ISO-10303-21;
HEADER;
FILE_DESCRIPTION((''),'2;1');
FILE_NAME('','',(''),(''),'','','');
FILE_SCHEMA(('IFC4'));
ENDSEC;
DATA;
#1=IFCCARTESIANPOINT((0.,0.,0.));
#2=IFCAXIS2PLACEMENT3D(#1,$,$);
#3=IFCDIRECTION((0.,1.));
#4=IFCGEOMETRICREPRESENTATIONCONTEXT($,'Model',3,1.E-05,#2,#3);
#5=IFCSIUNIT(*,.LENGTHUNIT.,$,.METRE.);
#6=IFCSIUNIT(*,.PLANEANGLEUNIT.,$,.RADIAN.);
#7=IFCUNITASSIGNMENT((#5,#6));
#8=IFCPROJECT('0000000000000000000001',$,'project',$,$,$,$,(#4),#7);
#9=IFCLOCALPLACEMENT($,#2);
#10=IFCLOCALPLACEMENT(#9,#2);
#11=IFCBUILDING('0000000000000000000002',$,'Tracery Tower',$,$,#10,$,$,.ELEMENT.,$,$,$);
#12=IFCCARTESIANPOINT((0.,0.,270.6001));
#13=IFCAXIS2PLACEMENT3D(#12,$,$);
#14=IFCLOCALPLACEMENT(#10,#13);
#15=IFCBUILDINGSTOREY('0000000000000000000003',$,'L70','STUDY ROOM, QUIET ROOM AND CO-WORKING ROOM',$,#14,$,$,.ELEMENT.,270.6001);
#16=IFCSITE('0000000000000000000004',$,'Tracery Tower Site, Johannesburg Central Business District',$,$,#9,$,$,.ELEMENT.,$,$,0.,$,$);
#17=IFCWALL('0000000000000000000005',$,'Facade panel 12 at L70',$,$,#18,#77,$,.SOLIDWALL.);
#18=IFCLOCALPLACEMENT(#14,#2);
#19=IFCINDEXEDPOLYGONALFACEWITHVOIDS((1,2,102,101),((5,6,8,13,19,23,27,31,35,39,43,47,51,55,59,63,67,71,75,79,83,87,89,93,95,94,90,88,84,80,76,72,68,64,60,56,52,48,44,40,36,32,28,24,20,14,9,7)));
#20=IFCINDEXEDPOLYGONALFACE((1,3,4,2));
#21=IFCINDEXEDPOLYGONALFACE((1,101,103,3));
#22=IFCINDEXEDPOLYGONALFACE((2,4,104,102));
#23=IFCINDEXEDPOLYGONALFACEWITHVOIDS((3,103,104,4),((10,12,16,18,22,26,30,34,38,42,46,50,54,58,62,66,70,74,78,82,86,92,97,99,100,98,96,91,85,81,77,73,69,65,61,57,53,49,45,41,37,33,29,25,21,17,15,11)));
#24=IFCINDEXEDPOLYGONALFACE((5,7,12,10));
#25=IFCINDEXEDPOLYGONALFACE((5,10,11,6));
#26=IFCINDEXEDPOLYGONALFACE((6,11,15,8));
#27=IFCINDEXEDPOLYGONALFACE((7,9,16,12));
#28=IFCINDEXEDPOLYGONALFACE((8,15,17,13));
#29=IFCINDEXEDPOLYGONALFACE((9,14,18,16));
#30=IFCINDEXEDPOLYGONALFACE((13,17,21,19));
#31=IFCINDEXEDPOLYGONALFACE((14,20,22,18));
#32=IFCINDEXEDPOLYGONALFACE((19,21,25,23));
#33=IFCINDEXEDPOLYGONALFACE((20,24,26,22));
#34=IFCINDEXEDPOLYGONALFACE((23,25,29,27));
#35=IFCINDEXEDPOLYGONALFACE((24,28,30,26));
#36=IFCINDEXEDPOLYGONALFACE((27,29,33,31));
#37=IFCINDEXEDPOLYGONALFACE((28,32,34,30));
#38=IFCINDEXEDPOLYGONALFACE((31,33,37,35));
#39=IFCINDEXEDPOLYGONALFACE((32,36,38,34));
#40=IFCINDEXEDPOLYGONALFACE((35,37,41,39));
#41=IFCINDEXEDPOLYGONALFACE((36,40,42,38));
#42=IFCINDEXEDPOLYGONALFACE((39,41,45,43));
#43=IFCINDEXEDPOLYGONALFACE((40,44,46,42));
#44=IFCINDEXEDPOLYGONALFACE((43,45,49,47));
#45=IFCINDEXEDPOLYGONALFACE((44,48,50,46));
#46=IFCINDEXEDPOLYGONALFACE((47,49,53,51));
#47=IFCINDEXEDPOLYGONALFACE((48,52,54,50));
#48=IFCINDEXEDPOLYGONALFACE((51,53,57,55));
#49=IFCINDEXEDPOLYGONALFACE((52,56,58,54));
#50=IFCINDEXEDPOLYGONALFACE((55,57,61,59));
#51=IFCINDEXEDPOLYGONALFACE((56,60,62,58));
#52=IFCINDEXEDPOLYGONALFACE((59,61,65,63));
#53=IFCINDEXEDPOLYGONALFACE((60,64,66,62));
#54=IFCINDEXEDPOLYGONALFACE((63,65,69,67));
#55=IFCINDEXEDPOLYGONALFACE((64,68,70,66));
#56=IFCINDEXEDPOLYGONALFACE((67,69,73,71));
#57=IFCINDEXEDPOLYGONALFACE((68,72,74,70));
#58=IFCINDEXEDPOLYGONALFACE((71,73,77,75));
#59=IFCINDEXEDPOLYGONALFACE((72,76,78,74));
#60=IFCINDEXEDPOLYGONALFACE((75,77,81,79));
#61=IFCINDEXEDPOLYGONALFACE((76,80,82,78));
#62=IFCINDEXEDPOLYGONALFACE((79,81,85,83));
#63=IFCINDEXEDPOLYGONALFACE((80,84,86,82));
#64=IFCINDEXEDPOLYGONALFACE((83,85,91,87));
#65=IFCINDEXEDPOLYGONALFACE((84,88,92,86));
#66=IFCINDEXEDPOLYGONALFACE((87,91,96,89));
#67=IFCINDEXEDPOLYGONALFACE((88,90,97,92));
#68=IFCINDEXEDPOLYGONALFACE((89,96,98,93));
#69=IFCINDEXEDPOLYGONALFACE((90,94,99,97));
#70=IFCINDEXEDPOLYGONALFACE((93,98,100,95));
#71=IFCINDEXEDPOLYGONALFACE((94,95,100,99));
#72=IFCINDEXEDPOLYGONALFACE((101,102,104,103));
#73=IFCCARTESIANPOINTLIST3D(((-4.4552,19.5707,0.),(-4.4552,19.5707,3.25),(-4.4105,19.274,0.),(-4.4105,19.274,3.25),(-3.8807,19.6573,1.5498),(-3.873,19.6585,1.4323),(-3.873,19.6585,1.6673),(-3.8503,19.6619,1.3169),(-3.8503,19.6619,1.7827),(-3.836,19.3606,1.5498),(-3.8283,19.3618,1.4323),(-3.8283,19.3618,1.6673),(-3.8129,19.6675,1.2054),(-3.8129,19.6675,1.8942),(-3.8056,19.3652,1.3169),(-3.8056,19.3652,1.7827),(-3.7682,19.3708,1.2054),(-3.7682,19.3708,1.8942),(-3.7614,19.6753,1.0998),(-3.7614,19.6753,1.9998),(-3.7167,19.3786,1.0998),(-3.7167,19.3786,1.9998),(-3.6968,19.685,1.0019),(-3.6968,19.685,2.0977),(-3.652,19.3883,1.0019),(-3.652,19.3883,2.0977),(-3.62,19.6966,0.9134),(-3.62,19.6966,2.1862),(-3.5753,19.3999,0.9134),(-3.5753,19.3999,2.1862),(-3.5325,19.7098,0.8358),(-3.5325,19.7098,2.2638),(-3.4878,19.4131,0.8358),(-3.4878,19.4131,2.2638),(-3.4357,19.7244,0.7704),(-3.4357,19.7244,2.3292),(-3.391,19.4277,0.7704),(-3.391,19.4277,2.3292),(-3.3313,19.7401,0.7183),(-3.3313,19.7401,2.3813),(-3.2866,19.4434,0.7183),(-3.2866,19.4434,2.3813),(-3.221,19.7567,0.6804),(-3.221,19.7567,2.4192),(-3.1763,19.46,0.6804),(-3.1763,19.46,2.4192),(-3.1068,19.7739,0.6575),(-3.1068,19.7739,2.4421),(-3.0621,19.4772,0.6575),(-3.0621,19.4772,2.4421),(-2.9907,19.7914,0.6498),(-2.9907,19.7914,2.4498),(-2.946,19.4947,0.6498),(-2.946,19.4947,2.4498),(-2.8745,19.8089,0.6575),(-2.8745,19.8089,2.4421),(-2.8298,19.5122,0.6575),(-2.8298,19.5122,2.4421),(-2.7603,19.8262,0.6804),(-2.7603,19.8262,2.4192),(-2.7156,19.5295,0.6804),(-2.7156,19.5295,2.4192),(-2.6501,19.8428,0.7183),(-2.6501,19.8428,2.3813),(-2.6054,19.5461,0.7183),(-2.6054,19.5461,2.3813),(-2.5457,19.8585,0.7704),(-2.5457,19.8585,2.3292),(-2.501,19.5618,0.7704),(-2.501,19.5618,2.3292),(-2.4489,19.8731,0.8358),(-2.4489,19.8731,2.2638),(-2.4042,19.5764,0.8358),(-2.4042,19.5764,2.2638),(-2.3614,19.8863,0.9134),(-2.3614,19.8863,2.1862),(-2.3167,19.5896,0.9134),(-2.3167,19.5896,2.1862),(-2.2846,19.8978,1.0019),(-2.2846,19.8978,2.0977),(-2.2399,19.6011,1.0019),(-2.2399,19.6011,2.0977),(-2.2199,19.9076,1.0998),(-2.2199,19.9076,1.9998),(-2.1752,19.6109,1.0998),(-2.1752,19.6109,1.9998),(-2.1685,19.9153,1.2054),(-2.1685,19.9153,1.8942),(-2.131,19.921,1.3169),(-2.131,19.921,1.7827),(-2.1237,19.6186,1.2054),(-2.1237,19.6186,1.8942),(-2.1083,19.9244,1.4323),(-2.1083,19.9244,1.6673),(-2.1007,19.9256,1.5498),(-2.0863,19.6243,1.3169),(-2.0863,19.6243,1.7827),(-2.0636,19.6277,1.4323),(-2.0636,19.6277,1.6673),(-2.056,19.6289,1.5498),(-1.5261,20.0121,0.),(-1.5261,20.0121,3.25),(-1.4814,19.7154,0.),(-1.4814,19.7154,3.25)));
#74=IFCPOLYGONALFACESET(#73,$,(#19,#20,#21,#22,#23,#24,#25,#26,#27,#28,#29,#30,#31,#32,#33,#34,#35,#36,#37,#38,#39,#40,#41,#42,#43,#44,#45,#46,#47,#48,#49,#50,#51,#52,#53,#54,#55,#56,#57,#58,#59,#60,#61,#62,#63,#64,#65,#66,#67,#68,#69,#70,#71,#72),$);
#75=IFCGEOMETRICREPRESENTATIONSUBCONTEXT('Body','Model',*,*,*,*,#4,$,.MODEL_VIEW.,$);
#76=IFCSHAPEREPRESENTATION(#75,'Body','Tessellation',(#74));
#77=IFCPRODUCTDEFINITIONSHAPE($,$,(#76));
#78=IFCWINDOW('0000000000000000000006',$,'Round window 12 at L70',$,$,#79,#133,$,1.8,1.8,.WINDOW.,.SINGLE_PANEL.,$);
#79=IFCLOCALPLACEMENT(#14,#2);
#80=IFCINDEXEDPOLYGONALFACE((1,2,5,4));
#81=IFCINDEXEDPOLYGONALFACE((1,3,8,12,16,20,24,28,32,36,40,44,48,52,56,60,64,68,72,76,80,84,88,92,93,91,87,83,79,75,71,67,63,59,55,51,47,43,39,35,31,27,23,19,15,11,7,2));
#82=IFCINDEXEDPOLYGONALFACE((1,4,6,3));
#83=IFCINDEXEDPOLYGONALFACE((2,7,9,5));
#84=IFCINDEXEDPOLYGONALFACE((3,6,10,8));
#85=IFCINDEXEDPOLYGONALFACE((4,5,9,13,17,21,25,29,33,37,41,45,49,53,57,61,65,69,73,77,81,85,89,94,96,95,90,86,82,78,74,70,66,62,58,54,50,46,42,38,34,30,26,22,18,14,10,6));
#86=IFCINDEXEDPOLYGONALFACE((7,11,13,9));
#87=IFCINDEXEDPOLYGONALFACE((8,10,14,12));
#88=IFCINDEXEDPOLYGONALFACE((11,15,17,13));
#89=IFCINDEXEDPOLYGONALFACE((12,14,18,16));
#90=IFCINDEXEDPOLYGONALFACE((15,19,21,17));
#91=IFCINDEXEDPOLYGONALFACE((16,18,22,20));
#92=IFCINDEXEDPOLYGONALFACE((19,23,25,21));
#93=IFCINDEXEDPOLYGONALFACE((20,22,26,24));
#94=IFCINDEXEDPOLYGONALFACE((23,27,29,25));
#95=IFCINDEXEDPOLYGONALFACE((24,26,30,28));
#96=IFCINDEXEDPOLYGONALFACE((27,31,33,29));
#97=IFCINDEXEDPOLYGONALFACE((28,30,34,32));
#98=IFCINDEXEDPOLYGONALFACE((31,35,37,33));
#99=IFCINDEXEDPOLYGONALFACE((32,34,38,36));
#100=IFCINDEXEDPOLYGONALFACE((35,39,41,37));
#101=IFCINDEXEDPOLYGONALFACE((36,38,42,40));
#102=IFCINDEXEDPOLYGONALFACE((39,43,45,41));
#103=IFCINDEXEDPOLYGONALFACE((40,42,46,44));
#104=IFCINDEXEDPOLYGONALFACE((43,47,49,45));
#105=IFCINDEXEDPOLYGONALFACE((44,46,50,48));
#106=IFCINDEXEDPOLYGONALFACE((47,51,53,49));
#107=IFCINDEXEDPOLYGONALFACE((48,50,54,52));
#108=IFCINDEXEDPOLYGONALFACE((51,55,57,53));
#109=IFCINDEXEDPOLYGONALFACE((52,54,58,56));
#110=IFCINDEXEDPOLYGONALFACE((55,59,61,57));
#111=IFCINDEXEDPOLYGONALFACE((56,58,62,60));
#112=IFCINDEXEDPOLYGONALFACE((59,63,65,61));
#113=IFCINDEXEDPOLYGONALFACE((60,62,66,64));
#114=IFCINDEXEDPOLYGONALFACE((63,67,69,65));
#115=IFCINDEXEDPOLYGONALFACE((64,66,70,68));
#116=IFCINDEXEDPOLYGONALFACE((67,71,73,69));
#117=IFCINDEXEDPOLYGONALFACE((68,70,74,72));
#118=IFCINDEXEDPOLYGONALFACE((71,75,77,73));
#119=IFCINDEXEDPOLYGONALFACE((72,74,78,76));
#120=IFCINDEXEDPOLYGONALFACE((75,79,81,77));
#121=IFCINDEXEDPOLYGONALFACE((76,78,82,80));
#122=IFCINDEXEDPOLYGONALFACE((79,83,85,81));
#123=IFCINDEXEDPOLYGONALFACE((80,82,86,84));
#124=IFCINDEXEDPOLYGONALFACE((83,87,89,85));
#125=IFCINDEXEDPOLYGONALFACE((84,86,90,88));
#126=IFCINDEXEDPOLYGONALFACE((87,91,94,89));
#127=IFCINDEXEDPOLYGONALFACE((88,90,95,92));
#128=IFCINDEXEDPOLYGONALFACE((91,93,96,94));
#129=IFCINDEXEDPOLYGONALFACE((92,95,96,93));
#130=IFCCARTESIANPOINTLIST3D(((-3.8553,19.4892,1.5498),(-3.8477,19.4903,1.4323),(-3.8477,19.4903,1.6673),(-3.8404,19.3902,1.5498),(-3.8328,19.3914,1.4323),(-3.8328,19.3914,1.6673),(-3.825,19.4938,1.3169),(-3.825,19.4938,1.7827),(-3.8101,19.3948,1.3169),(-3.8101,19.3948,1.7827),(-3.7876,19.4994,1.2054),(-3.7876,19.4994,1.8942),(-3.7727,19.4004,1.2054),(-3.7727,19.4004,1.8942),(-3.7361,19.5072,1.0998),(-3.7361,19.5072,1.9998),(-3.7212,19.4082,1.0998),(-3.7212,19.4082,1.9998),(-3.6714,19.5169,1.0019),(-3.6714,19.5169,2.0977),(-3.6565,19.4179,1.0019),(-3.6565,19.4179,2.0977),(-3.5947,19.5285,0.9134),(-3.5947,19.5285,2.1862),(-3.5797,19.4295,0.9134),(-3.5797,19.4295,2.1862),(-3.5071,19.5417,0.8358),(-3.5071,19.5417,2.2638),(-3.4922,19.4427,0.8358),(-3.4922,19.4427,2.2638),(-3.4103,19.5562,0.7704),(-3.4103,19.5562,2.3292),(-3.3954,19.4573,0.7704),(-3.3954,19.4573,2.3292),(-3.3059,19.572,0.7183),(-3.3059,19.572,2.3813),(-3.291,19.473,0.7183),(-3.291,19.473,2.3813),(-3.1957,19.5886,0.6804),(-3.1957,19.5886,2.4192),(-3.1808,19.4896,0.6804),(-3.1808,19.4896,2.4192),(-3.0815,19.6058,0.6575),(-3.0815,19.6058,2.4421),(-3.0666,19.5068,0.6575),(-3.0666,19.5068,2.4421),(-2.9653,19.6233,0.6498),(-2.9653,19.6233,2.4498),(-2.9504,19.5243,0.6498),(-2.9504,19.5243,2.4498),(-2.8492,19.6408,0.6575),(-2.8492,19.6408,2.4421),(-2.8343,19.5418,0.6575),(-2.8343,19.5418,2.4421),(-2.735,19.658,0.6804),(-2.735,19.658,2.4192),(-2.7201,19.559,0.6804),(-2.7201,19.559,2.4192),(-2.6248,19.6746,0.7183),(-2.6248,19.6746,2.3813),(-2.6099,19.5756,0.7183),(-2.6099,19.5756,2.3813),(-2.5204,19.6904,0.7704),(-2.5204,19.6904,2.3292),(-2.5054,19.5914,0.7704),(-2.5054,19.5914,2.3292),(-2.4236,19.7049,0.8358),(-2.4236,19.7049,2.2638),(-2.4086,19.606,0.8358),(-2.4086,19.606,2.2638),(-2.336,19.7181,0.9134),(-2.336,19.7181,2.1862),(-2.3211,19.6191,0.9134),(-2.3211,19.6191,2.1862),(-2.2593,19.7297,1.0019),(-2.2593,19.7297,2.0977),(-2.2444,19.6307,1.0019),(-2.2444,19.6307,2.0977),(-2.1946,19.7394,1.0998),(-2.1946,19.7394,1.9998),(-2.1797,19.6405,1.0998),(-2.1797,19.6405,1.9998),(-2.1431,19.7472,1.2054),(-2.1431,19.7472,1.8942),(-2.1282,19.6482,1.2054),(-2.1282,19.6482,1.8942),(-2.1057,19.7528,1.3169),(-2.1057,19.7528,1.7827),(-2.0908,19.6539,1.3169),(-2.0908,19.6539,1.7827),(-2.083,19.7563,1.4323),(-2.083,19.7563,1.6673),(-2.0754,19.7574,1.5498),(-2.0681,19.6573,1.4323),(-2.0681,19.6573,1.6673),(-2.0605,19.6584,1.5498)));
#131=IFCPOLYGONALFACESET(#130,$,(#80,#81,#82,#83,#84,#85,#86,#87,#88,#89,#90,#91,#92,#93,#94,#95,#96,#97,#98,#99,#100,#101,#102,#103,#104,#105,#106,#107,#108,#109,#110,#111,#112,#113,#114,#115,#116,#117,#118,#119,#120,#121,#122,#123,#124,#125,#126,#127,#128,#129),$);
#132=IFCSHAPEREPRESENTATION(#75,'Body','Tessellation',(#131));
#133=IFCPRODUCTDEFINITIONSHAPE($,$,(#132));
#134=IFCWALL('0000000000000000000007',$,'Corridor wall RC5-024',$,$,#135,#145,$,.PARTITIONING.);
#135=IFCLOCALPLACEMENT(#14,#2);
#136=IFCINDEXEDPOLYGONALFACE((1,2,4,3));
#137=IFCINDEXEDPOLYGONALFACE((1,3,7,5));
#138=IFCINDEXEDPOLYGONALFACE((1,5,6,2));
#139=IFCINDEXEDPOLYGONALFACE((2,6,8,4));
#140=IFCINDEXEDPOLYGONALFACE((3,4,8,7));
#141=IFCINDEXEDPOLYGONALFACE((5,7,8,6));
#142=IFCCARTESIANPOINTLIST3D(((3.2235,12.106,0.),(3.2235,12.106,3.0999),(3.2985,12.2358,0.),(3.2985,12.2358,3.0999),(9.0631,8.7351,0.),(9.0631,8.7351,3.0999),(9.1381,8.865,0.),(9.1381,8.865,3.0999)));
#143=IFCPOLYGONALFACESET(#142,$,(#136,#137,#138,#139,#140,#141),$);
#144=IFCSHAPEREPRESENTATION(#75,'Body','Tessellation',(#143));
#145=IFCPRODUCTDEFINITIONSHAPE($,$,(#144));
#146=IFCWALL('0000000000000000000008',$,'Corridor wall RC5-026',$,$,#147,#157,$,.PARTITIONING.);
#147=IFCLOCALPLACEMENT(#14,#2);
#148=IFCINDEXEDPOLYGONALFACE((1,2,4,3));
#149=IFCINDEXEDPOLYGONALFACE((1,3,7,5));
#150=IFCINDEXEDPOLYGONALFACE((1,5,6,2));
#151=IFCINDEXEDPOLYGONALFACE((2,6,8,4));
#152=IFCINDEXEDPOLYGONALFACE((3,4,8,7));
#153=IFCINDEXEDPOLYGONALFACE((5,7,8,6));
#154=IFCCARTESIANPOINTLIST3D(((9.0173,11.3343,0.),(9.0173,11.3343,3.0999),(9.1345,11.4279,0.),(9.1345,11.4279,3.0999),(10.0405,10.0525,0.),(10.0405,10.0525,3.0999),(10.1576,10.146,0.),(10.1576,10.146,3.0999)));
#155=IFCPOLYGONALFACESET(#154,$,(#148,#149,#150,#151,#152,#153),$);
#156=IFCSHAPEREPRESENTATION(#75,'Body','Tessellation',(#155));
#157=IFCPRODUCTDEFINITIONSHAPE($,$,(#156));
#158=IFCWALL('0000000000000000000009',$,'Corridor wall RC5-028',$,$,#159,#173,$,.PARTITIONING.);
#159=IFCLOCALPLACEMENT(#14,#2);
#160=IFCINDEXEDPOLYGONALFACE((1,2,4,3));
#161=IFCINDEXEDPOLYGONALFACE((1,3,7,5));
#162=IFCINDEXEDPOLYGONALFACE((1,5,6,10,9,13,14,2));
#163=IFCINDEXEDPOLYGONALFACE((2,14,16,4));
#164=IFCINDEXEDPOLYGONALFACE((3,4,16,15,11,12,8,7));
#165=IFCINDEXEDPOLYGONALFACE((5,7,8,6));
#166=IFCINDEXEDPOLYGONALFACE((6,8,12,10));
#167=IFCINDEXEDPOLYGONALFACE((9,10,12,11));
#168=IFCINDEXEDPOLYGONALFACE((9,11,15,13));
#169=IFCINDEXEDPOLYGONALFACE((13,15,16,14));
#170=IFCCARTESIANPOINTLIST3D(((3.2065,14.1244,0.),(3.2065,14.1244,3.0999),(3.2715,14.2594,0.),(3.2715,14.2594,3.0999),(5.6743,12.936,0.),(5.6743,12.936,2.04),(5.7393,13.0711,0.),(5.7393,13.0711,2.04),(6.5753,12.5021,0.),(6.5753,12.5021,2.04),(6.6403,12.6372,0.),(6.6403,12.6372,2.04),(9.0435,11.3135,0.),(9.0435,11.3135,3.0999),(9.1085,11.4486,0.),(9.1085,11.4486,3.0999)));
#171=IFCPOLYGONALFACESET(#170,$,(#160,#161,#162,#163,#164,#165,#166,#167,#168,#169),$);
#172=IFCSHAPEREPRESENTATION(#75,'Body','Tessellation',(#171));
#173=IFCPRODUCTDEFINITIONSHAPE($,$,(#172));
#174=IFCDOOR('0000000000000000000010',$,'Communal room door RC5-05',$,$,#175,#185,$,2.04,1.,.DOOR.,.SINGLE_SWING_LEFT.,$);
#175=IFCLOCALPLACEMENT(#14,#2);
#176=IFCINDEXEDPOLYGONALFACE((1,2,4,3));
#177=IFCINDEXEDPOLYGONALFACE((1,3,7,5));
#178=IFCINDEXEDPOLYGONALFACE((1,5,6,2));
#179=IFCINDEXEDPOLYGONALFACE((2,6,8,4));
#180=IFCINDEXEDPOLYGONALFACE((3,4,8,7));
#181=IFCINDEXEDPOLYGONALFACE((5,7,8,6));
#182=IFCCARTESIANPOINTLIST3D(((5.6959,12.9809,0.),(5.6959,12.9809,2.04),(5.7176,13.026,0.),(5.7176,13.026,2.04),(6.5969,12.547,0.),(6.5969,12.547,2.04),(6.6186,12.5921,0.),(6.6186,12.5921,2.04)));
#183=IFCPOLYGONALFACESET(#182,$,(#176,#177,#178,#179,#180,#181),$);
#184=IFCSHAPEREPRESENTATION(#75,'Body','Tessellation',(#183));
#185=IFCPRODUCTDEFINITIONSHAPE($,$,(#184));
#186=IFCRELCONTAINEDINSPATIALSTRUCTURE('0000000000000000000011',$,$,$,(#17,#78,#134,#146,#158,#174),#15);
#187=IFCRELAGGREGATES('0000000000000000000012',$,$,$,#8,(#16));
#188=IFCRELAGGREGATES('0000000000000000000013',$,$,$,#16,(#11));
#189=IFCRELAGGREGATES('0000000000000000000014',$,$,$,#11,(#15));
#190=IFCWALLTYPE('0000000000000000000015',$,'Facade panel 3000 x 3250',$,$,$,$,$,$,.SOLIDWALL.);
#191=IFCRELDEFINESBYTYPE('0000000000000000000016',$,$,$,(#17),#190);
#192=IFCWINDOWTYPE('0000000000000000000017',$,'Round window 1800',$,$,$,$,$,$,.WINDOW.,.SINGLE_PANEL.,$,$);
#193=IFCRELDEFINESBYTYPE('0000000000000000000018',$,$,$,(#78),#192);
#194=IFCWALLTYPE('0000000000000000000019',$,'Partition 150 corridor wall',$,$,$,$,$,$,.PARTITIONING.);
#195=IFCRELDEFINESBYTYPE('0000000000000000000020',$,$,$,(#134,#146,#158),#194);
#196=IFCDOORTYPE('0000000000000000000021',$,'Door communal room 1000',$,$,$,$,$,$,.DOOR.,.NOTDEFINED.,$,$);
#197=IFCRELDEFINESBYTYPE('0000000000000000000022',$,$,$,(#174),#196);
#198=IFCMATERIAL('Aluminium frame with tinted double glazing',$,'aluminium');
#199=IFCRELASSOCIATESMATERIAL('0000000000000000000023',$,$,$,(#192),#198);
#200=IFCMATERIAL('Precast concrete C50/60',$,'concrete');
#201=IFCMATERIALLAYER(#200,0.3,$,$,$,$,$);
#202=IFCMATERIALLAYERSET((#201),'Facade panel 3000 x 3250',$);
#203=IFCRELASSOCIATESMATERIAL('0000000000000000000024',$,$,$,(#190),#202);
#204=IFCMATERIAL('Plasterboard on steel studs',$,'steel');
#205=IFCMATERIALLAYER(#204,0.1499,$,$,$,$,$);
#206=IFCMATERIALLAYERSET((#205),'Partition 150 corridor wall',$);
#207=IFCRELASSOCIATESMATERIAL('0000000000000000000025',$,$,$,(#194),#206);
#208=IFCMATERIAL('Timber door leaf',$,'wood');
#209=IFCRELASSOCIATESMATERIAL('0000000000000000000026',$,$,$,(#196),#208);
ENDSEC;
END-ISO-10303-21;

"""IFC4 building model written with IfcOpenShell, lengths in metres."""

from ifc_helpers import new_model, si_unit, direction, frame, frame_2d, origin, origin_2d, place, context, subcontext, project, spatial, rectangle, circle, extrude, material, layer, layer_set, type_object, element, fill, save


model = new_model("IFC4")

# Units and contexts
model_context = context("Model", 3, precision=1e-05, world=origin(), true_north=direction((0.0, 1.0)))
body_context = subcontext(model_context, "Body", "Model", "MODEL_VIEW")
ifc_project = project(units=[si_unit("LENGTHUNIT", "METRE"), si_unit("PLANEANGLEUNIT", "RADIAN")], contexts=[model_context])

# Site, building, storey
site_placement = place(None, origin())
site = spatial("IfcSite", under=ifc_project, at=site_placement, Name="Tracery Tower Site, Johannesburg Central Business District", CompositionType="ELEMENT", RefElevation=0.0)
building_placement = place(site_placement, origin())
building = spatial("IfcBuilding", under=site, at=building_placement, Name="Tracery Tower", CompositionType="ELEMENT")
storey_placement = place(building_placement, frame((0.0, 0.0, 270.6001)))
storey = spatial("IfcBuildingStorey", under=building, at=storey_placement, Name="L70", Description="STUDY ROOM, QUIET ROOM AND CO-WORKING ROOM", CompositionType="ELEMENT", Elevation=270.6001)

# Wall, opening, window
ifc_material_1 = material(Name="Aluminium frame with tinted double glazing", Category="aluminium")
window_type = type_object("IfcWindowType", Name="Round window 1800", PartitioningType="SINGLE_PANEL", PredefinedType="WINDOW", material=ifc_material_1)
ifc_material_2 = material(Name="Precast concrete C50/60", Category="concrete")
ifc_layer_1 = layer(ifc_material_2, 0.3)
ifc_layer_set_1 = layer_set([ifc_layer_1], Name="Facade panel 3000 x 3250")
wall_type_1 = type_object("IfcWallType", Name="Facade panel 3000 x 3250", PredefinedType="SOLIDWALL", material=ifc_layer_set_1)
wall_1_placement = place(storey_placement, frame((-1.5039, 19.8638, 0.0), z_axis=(0.0, 0.0, 1.0), x_axis=(-0.988836, -0.149009, 0.0)))
wall_1 = element("IfcWall", 1, at=wall_1_placement, inside=storey, type_object=wall_type_1, Name="Facade panel 12 at L70", PredefinedType="SOLIDWALL", context=body_context, shape_type="SweptSolid", body=[
    extrude(rectangle(XDim=2.9622, YDim=0.3, at=frame_2d((1.481, 0.0))), origin(), (0.0, 0.0, 1.0), 3.25),
])
opening_1_placement = place(wall_1_placement, frame((1.481, 0.0, 1.5498)))
opening_1 = element("IfcOpeningElement", 2, at=opening_1_placement, cuts=wall_1, PredefinedType="OPENING", context=body_context, shape_type="SweptSolid", body=[
    extrude(circle(Radius=0.9, at=origin_2d()), frame((0.0, 0.1599, 0.0), z_axis=(0.0, -1.0, 0.0), x_axis=(1.0, 0.0, 0.0)), (0.0, 0.0, 1.0), 0.3201),
])
window_1_placement = place(opening_1_placement, origin())
window_1 = element("IfcWindow", 3, at=window_1_placement, inside=storey, type_object=window_type, Name="Round window 12 at L70", OverallHeight=1.8, OverallWidth=1.8, PartitioningType="SINGLE_PANEL", PredefinedType="WINDOW", context=body_context, shape_type="SweptSolid", body=[
    extrude(circle(Radius=0.9, at=origin_2d()), frame((0.0, 0.1201, 0.0), z_axis=(0.0, -1.0, 0.0), x_axis=(1.0, 0.0, 0.0)), (0.0, 0.0, 1.0), 0.1001),
])
fill(opening_1, window_1)

# Walls
ifc_material_3 = material(Name="Plasterboard on steel studs", Category="steel")
ifc_layer_2 = layer(ifc_material_3, 0.1499)
ifc_layer_set_2 = layer_set([ifc_layer_2], Name="Partition 150 corridor wall")
wall_type_2 = type_object("IfcWallType", Name="Partition 150 corridor wall", PredefinedType="PARTITIONING", material=ifc_layer_set_2)
wall_2_placement = place(storey_placement, frame((3.261, 12.1709, 0.0), z_axis=(0.0, 0.0, 1.0), x_axis=(0.866067, -0.499928, 0.0)))
element("IfcWall", 4, at=wall_2_placement, inside=storey, type_object=wall_type_2, Name="Corridor wall RC5-024", PredefinedType="PARTITIONING", context=body_context, shape_type="SweptSolid", body=[
    extrude(rectangle(XDim=6.7427, YDim=0.1499, at=frame_2d((3.3713, 0.0))), origin(), (0.0, 0.0, 1.0), 3.0999),
])
wall_3_placement = place(storey_placement, frame((9.0759, 11.3811, 0.0), z_axis=(0.0, 0.0, 1.0), x_axis=(0.623805, -0.78158, 0.0)))
element("IfcWall", 5, at=wall_3_placement, inside=storey, type_object=wall_type_2, Name="Corridor wall RC5-026", PredefinedType="PARTITIONING", context=body_context, shape_type="SweptSolid", body=[
    extrude(rectangle(XDim=1.6401, YDim=0.1499, at=frame_2d((0.8201, 0.0))), origin(), (0.0, 0.0, 1.0), 3.0999),
])

# Wall, opening, door
wall_4_placement = place(storey_placement, frame((3.239, 14.1919, 0.0), z_axis=(0.0, 0.0, 1.0), x_axis=(0.900976, -0.433869, 0.0)))
wall_4 = element("IfcWall", 6, at=wall_4_placement, inside=storey, type_object=wall_type_2, Name="Corridor wall RC5-028", PredefinedType="PARTITIONING", context=body_context, shape_type="SweptSolid", body=[
    extrude(rectangle(XDim=6.4785, YDim=0.1499, at=frame_2d((3.2393, 0.0))), origin(), (0.0, 0.0, 1.0), 3.0999),
])
opening_2_placement = place(wall_4_placement, frame((2.739, 0.0, 0.0)))
opening_2 = element("IfcOpeningElement", 7, at=opening_2_placement, cuts=wall_4, PredefinedType="OPENING", context=body_context, shape_type="SweptSolid", body=[
    extrude(rectangle(XDim=1.0, YDim=2.04, at=frame_2d((0.5, 1.02))), frame((0.0, 0.075, 0.0), z_axis=(0.0, -1.0, 0.0), x_axis=(1.0, 0.0, 0.0)), (0.0, 0.0, 1.0), 0.1499),
])
ifc_material_4 = material(Name="Timber door leaf", Category="wood")
door_type = type_object("IfcDoorType", Name="Door communal room 1000", OperationType="NOTDEFINED", PredefinedType="DOOR", material=ifc_material_4)
door_placement = place(opening_2_placement, origin())
door = element("IfcDoor", 8, at=door_placement, inside=storey, type_object=door_type, Name="Communal room door RC5-05", OperationType="SINGLE_SWING_LEFT", OverallHeight=2.04, OverallWidth=1.0, PredefinedType="DOOR", context=body_context, shape_type="SweptSolid", body=[
    extrude(rectangle(XDim=1.0, YDim=2.04, at=frame_2d((0.5, 1.02))), frame((0.0, 0.0249, 0.0), z_axis=(0.0, -1.0, 0.0), x_axis=(1.0, 0.0, 0.0)), (0.0, 0.0, 1.0), 0.05),
])
fill(opening_2, door)

save(model, "model.ifc")
